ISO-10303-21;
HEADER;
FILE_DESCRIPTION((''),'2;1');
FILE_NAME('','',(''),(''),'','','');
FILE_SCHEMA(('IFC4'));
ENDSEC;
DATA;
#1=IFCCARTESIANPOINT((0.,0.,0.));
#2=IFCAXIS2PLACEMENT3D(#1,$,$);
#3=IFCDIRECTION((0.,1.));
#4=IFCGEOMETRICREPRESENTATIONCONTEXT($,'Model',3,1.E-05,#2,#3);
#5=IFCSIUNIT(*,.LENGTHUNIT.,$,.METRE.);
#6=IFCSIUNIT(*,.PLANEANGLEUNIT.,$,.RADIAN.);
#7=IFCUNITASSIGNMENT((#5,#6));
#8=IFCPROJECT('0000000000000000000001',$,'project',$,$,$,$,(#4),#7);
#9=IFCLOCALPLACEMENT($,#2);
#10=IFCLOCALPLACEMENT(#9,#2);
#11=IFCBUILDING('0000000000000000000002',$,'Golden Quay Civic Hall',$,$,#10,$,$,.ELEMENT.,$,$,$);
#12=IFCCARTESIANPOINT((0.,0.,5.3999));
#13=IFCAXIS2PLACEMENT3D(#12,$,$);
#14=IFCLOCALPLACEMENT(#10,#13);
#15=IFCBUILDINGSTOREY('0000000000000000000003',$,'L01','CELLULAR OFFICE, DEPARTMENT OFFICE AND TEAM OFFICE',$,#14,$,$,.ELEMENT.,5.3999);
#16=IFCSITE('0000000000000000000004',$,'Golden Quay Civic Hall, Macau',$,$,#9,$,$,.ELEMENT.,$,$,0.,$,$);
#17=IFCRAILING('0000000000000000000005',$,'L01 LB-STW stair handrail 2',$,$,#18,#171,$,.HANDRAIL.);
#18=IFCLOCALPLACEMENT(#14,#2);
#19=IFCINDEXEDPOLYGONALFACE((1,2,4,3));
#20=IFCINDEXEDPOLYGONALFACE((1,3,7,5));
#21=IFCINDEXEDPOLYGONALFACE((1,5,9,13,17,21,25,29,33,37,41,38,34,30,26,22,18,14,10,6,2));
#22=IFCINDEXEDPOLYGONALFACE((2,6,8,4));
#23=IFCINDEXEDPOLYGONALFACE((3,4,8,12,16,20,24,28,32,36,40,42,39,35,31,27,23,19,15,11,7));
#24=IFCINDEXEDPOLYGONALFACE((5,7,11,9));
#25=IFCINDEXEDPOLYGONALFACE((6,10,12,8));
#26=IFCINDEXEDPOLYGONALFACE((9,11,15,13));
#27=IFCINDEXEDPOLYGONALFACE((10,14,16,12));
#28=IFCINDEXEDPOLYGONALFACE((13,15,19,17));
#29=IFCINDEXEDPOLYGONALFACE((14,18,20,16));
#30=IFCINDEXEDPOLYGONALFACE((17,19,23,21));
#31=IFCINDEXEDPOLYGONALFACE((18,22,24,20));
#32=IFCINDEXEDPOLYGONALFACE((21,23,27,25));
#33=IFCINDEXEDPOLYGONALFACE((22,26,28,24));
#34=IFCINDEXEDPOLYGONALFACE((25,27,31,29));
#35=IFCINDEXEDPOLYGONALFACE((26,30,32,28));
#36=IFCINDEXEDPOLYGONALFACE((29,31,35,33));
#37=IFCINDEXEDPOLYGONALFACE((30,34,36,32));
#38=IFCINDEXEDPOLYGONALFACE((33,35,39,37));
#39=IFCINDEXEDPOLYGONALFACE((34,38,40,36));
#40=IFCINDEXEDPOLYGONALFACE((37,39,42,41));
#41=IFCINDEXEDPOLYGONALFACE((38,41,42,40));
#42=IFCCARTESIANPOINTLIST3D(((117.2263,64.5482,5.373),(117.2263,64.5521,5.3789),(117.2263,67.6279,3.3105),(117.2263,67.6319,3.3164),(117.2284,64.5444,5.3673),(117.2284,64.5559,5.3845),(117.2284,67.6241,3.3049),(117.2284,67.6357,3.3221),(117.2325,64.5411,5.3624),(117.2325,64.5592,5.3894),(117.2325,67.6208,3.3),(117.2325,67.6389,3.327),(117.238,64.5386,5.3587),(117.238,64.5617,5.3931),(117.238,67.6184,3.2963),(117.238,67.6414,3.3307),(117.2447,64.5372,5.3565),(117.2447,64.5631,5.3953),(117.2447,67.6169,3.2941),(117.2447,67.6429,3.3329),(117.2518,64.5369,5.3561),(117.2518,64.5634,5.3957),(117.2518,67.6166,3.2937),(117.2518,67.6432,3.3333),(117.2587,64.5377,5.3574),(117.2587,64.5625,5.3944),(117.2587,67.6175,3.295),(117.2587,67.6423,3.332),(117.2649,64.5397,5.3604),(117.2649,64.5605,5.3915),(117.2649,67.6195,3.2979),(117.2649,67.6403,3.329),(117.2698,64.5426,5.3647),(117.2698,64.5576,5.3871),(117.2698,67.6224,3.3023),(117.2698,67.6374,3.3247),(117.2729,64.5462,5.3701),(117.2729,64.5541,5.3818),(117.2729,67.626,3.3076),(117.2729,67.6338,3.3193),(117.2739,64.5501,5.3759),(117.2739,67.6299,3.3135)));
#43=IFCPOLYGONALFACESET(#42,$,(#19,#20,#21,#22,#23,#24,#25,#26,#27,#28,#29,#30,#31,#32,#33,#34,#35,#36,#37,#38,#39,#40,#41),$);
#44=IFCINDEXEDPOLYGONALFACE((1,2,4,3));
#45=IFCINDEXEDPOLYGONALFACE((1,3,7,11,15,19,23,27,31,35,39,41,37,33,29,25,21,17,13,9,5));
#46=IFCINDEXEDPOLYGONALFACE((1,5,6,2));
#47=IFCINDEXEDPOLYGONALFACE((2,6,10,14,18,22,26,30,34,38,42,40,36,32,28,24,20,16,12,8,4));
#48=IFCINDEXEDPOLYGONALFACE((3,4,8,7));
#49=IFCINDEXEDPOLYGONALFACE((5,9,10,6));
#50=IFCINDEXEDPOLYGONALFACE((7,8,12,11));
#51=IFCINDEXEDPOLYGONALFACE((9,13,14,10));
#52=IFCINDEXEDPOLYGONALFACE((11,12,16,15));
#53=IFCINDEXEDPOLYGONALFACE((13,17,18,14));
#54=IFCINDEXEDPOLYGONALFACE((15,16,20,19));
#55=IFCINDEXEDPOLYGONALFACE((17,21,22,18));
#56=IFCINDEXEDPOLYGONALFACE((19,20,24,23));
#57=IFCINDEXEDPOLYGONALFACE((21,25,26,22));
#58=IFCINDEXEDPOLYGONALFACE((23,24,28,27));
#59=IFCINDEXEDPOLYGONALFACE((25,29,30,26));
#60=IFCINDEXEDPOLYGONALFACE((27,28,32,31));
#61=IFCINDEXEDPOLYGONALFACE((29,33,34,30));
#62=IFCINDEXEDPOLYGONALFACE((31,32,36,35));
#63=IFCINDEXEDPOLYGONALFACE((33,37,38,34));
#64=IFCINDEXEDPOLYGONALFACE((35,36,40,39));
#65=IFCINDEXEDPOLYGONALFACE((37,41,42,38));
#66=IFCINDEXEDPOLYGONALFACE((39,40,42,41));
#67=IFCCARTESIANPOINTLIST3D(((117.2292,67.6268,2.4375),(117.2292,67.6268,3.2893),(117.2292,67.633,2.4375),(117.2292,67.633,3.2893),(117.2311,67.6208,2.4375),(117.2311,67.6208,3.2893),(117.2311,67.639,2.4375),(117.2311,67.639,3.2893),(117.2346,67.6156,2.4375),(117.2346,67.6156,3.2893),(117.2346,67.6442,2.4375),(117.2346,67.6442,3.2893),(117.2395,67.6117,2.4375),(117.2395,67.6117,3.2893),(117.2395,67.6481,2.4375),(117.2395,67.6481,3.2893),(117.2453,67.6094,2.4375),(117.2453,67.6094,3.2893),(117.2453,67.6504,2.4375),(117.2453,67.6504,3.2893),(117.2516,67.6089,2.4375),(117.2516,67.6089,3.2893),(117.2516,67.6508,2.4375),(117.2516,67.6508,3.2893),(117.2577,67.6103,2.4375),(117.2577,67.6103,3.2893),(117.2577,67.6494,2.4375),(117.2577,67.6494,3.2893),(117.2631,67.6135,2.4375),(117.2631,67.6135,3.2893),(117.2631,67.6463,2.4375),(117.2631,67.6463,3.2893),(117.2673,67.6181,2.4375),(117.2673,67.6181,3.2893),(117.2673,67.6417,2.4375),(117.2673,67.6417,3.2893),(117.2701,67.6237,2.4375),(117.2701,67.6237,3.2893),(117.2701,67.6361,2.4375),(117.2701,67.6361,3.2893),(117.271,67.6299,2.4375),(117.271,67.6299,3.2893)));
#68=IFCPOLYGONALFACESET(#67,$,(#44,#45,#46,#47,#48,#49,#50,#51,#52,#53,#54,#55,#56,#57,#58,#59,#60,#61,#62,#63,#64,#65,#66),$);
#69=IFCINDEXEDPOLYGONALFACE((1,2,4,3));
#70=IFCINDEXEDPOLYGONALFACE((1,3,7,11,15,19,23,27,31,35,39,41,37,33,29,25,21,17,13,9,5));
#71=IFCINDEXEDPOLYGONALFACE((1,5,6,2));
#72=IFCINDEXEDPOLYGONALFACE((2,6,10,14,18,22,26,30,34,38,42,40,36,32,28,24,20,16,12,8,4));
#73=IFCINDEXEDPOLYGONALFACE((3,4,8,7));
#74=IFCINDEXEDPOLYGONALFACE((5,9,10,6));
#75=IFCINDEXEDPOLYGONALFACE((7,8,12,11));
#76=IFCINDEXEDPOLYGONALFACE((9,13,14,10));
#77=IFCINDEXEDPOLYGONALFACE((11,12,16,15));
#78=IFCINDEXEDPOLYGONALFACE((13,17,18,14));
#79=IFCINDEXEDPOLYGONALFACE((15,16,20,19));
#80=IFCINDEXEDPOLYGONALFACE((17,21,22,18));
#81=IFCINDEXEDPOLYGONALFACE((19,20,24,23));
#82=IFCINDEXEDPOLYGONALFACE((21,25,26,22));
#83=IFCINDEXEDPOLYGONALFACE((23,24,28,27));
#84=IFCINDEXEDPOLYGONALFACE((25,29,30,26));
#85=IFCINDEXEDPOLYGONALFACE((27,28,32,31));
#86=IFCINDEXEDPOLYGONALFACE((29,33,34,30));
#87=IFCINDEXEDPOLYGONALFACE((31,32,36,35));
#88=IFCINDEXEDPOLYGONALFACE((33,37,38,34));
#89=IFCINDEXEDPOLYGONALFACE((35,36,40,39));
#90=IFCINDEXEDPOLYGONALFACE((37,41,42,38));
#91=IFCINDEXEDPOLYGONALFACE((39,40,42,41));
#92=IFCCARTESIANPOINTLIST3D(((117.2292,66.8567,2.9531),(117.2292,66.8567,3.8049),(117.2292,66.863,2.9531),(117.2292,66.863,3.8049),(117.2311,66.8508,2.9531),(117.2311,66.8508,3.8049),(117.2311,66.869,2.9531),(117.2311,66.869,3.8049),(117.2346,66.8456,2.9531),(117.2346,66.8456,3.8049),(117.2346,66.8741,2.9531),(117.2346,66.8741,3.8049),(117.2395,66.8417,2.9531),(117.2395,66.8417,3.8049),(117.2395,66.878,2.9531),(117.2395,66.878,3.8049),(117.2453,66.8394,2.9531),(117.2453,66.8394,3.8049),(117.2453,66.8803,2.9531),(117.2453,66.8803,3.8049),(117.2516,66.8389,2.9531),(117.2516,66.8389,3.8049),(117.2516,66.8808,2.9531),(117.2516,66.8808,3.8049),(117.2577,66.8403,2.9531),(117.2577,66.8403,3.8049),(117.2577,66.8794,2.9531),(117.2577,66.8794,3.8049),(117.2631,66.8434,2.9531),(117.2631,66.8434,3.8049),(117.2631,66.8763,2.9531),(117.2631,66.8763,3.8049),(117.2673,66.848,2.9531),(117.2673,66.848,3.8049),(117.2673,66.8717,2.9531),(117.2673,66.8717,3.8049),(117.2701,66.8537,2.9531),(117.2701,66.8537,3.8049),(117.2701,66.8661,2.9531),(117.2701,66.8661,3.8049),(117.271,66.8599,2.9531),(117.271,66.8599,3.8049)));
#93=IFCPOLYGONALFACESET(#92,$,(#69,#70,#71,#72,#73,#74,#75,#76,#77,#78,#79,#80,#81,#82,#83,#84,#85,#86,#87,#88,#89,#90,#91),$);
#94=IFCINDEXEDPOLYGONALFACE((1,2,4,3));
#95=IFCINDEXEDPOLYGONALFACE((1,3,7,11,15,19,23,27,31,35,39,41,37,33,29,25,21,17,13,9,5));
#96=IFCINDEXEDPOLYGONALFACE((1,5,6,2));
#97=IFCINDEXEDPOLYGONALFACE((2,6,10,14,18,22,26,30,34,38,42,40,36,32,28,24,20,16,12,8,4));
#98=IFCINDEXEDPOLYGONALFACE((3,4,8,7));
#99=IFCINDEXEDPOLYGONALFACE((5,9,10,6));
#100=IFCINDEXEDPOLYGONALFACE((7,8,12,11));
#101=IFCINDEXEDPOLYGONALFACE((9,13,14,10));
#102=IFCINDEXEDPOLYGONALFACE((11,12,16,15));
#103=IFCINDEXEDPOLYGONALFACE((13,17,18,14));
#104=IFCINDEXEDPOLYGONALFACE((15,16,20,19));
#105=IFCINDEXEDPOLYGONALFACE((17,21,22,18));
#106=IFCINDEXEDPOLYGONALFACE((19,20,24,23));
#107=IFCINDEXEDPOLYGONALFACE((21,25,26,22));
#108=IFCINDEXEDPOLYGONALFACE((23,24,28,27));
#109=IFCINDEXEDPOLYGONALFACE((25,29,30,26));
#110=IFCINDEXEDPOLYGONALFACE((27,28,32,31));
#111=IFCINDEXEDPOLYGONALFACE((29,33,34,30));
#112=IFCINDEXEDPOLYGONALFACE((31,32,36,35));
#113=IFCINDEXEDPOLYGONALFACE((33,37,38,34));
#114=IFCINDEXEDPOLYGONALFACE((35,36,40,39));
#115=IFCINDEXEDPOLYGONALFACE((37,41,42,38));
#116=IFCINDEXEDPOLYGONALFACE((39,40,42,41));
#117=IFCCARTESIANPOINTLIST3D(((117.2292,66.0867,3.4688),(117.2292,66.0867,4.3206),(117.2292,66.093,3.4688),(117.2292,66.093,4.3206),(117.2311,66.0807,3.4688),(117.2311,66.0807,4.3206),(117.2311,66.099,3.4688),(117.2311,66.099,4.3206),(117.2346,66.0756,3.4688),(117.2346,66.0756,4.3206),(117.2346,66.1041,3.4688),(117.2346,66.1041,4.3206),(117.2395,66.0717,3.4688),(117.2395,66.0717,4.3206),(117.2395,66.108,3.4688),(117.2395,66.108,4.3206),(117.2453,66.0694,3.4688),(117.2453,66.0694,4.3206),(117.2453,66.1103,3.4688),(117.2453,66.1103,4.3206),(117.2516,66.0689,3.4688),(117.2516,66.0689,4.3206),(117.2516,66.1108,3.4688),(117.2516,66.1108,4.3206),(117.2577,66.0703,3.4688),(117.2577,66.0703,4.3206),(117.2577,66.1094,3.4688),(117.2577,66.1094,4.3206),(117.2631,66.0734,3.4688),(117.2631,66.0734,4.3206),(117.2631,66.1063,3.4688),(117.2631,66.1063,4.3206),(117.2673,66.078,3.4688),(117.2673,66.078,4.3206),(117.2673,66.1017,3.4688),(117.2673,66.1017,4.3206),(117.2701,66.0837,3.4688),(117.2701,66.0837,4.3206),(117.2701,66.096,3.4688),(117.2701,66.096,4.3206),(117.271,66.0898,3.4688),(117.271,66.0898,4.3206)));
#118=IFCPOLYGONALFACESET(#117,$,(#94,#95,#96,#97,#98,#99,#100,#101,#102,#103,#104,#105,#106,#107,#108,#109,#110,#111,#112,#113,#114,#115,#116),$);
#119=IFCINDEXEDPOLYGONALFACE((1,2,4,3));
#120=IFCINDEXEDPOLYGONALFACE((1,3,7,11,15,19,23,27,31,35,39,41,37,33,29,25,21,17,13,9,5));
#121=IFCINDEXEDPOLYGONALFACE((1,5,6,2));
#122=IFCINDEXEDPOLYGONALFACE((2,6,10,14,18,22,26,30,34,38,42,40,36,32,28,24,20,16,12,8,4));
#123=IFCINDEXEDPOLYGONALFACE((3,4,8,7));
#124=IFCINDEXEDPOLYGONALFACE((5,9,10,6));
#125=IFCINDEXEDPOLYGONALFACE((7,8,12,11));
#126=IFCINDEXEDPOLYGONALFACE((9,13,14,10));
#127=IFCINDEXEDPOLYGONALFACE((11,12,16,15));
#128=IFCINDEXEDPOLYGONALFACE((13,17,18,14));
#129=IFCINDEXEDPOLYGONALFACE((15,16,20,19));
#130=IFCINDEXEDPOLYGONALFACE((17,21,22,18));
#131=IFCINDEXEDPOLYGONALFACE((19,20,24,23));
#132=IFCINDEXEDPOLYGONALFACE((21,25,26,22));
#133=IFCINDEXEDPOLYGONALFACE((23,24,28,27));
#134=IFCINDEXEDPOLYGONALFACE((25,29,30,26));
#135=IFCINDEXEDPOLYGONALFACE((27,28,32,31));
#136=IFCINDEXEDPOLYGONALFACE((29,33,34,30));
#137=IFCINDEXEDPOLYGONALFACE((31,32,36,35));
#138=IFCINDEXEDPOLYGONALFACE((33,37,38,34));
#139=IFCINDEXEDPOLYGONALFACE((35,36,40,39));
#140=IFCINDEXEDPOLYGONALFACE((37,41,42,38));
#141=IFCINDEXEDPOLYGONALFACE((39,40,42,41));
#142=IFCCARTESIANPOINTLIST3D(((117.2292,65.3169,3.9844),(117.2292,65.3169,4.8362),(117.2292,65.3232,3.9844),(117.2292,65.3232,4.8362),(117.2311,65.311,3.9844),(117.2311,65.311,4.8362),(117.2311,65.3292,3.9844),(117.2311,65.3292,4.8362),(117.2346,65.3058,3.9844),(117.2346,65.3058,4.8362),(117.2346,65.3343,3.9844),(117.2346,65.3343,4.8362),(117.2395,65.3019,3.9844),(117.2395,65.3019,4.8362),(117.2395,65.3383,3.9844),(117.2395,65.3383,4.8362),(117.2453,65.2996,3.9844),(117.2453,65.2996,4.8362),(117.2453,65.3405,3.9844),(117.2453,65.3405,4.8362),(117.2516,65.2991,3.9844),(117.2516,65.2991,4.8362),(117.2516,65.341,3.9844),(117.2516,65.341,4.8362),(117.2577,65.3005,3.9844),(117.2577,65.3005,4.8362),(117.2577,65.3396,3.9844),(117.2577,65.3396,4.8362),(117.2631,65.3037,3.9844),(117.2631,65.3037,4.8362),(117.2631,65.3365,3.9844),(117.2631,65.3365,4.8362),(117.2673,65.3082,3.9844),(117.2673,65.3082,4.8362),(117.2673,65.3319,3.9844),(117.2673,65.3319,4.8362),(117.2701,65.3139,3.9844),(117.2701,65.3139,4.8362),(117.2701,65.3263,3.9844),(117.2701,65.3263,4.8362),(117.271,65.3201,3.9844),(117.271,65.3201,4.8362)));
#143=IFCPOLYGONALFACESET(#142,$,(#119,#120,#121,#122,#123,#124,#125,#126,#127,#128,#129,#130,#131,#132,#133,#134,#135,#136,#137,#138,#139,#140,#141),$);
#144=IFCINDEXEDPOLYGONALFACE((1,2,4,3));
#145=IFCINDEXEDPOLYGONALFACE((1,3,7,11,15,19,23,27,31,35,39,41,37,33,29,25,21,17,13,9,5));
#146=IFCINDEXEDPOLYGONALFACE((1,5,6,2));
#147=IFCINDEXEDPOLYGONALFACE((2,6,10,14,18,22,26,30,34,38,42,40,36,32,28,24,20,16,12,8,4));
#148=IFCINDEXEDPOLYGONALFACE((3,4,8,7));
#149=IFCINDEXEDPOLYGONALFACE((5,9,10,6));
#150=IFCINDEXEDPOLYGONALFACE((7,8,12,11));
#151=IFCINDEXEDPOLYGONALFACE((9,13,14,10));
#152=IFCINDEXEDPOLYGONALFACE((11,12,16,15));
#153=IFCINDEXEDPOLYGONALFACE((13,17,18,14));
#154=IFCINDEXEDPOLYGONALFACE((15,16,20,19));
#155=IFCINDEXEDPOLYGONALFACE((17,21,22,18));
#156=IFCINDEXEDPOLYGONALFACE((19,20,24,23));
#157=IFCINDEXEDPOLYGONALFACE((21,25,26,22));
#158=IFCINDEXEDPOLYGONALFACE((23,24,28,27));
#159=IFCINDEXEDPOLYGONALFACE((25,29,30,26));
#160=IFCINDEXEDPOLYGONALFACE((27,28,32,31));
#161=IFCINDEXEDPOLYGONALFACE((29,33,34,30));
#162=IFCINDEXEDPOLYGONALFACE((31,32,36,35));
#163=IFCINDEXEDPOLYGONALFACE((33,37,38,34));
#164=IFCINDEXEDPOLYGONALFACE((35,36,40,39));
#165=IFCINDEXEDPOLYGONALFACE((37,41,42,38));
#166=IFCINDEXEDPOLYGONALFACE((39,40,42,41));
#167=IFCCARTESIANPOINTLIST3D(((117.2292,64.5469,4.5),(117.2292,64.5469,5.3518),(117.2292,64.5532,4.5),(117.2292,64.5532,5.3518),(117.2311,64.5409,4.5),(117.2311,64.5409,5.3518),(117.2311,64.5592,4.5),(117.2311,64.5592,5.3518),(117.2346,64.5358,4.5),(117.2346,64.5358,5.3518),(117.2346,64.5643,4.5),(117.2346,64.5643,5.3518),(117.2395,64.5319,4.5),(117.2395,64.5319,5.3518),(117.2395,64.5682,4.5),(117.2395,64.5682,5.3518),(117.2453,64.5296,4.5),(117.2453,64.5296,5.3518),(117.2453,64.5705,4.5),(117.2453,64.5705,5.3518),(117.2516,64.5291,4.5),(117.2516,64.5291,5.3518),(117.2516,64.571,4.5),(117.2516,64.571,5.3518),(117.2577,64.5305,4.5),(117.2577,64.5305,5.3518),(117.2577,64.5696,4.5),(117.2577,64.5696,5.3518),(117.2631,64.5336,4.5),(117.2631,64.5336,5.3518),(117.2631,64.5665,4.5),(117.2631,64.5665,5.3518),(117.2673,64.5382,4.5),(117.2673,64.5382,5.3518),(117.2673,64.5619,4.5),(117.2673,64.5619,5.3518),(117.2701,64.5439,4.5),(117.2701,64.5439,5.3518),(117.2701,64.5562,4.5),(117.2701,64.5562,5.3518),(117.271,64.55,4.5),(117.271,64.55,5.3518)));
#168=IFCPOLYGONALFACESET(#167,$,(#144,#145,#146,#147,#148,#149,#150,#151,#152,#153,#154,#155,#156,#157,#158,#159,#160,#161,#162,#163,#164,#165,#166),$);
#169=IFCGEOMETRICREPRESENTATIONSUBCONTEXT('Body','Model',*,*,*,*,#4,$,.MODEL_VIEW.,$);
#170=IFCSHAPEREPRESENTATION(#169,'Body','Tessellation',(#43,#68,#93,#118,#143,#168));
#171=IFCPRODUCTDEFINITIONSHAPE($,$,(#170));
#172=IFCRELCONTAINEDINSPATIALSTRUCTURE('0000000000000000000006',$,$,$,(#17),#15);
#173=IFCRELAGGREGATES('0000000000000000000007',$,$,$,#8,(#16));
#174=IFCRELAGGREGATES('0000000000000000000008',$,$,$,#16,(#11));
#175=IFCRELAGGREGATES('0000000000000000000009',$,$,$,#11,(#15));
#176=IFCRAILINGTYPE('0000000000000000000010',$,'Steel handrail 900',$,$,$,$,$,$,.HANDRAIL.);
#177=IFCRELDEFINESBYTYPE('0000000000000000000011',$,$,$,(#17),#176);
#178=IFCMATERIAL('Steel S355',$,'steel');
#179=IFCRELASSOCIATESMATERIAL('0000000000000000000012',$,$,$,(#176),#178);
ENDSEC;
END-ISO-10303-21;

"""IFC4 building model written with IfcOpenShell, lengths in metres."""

from ifc_helpers import new_model, si_unit, direction, frame, origin, origin_2d, place, context, subcontext, project, spatial, circle, extrude, material, type_object, element, save


model = new_model("IFC4")

# Units and contexts
model_context = context("Model", 3, precision=1e-05, world=origin(), true_north=direction((0.0, 1.0)))
body_context = subcontext(model_context, "Body", "Model", "MODEL_VIEW")
ifc_project = project(units=[si_unit("LENGTHUNIT", "METRE"), si_unit("PLANEANGLEUNIT", "RADIAN")], contexts=[model_context])

# Site, building, storey
site_placement = place(None, origin())
site = spatial("IfcSite", under=ifc_project, at=site_placement, Name="Golden Quay Civic Hall, Macau", CompositionType="ELEMENT", RefElevation=0.0)
building_placement = place(site_placement, origin())
building = spatial("IfcBuilding", under=site, at=building_placement, Name="Golden Quay Civic Hall", CompositionType="ELEMENT")
storey_placement = place(building_placement, frame((0.0, 0.0, 5.3999)))
storey = spatial("IfcBuildingStorey", under=building, at=storey_placement, Name="L01", Description="CELLULAR OFFICE, DEPARTMENT OFFICE AND TEAM OFFICE", CompositionType="ELEMENT", Elevation=5.3999)

# Railing
ifc_material_1 = material(Name="Steel S355", Category="steel")
railing_type_1 = type_object("IfcRailingType", Name="Steel handrail 900", PredefinedType="HANDRAIL", material=ifc_material_1)
railing_1_placement = place(storey_placement, frame((117.25, 67.6299, 2.4375)))
element("IfcRailing", 1, at=railing_1_placement, inside=storey, type_object=railing_type_1, Name="L01 LB-STW stair handrail 2", PredefinedType="HANDRAIL", context=body_context, shape_type="SweptSolid", body=[
    extrude(circle(Radius=0.0239, at=origin_2d()), frame((0.0, 0.0, 0.876), z_axis=(0.0, -0.830893, 0.556432), x_axis=(1.0, 0.0, 0.0)), (0.0, 0.0, 1.0), 3.7065),
    extrude(circle(Radius=0.021, at=origin_2d()), origin(), (0.0, 0.0, 1.0), 0.8518),
    extrude(circle(Radius=0.021, at=origin_2d()), frame((0.0, -0.77, 0.5156)), (0.0, 0.0, 1.0), 0.8518),
    extrude(circle(Radius=0.021, at=origin_2d()), frame((0.0, -1.54, 1.0312)), (0.0, 0.0, 1.0), 0.8518),
    extrude(circle(Radius=0.021, at=origin_2d()), frame((0.0, -2.3098, 1.5469)), (0.0, 0.0, 1.0), 0.8518),
    extrude(circle(Radius=0.021, at=origin_2d()), frame((0.0, -3.0798, 2.0625)), (0.0, 0.0, 1.0), 0.8518),
])

save(model, "model.ifc")
